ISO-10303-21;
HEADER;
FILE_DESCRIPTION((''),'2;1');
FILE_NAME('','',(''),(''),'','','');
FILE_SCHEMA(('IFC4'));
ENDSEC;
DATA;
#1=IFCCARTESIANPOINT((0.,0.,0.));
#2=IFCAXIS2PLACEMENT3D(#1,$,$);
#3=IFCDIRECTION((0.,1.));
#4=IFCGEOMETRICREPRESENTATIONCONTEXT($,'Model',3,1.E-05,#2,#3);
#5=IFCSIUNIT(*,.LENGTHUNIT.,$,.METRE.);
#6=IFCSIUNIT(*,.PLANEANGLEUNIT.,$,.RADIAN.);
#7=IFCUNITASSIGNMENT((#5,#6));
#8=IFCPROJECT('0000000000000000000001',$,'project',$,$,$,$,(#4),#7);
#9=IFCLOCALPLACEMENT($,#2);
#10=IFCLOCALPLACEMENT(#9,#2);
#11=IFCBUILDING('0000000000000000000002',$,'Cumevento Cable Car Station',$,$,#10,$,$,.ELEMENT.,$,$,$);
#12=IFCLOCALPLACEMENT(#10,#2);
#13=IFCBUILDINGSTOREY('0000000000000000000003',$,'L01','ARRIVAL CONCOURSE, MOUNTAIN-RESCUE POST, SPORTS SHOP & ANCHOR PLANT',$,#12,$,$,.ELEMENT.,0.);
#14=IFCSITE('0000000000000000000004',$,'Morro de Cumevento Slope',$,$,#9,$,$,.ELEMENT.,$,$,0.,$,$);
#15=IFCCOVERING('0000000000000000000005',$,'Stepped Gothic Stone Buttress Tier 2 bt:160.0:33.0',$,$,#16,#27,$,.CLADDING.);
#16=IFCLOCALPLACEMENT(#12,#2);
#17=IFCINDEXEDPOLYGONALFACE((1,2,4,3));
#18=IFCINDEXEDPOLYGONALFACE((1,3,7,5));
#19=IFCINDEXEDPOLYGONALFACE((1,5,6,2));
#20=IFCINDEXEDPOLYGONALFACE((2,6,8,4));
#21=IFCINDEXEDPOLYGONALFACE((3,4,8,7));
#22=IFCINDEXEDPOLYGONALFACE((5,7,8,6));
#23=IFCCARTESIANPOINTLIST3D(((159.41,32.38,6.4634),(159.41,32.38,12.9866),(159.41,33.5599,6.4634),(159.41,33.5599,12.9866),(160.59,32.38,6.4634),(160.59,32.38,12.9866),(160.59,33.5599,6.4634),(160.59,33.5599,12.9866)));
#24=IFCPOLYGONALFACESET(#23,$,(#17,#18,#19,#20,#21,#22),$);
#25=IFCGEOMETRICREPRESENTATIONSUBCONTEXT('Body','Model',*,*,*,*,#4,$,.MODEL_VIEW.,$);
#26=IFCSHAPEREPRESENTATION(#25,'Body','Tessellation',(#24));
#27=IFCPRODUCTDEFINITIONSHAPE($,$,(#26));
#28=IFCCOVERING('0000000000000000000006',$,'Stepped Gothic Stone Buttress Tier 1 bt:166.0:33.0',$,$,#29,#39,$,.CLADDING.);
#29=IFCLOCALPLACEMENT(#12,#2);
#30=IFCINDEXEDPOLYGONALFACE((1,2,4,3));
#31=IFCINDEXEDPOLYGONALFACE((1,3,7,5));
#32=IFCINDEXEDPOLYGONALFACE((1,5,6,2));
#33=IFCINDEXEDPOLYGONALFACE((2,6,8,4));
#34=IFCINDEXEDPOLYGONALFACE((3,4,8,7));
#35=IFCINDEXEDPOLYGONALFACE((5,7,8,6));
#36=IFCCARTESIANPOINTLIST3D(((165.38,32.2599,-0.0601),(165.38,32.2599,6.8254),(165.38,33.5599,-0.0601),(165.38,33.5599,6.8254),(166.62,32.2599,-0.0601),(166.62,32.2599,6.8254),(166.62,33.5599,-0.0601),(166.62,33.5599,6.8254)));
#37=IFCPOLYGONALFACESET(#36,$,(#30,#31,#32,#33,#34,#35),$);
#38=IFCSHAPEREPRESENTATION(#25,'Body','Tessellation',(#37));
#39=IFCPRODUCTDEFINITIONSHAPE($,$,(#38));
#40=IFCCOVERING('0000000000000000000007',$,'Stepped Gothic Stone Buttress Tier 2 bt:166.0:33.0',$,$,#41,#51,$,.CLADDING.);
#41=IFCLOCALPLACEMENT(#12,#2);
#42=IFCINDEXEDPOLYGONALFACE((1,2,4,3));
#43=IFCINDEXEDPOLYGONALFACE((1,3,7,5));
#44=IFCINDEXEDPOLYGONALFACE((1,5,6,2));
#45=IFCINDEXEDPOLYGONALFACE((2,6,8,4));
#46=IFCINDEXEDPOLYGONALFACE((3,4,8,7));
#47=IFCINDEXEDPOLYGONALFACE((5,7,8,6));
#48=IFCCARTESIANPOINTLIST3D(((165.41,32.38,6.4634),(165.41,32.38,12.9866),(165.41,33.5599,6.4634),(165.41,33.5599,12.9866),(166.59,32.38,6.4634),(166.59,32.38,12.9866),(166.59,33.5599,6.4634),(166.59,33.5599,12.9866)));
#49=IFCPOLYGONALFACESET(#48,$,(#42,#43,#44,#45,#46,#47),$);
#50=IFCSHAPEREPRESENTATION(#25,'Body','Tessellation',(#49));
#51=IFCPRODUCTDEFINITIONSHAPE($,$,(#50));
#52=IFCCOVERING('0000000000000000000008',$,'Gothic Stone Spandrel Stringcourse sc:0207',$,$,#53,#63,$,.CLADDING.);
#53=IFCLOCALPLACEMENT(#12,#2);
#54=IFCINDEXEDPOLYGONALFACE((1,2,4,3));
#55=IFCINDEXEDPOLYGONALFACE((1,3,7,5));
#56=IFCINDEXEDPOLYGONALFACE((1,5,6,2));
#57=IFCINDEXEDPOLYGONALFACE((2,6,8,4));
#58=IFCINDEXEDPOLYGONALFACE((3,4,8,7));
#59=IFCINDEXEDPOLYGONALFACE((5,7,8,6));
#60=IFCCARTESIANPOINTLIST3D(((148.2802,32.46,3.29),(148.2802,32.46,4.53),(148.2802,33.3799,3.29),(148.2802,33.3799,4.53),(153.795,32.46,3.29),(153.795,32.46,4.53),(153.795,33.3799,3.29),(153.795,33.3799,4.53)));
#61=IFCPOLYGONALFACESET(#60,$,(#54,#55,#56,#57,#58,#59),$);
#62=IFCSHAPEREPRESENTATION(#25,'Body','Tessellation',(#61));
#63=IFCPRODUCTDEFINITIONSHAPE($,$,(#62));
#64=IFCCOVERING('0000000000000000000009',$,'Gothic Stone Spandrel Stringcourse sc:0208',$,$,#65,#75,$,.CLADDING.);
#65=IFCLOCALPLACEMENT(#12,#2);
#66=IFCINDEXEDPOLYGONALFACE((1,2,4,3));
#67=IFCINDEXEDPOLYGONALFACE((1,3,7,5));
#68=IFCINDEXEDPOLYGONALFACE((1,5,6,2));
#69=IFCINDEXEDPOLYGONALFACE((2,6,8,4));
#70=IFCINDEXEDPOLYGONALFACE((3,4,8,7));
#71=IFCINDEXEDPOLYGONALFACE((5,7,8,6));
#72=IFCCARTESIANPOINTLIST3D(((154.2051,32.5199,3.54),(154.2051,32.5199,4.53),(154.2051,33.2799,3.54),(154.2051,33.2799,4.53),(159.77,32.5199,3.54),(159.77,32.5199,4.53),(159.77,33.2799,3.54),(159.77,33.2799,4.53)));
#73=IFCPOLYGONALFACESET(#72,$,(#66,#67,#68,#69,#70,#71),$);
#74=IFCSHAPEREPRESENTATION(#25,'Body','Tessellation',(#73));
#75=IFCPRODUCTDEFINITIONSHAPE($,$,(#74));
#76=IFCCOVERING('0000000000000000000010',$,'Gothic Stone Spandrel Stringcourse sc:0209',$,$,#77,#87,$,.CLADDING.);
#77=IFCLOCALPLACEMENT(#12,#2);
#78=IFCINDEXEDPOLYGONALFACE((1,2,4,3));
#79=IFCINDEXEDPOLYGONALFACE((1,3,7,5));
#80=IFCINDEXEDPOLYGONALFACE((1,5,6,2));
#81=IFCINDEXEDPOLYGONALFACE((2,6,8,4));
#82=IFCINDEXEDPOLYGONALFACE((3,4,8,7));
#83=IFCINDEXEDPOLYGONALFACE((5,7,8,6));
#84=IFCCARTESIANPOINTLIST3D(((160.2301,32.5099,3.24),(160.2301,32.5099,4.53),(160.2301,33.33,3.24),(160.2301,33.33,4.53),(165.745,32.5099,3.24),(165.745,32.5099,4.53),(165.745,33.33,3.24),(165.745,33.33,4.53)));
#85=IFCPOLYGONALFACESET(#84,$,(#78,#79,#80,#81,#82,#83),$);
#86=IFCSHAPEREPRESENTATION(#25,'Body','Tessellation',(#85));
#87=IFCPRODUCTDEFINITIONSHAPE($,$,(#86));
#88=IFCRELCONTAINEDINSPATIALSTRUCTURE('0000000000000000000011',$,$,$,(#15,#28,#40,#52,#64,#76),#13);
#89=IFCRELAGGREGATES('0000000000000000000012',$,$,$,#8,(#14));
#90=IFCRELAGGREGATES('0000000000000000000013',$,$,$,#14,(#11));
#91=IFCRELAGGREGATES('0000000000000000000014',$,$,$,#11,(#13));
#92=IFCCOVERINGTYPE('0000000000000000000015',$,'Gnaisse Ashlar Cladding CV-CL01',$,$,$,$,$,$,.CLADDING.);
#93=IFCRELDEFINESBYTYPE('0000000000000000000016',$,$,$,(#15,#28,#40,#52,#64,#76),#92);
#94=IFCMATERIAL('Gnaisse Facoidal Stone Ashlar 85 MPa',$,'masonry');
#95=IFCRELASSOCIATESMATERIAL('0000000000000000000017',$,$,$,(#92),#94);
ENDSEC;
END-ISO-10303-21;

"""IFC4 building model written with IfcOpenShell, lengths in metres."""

from ifc_helpers import new_model, si_unit, direction, frame, origin, origin_2d, place, context, subcontext, project, spatial, rectangle, extrude, material, type_object, element, save


model = new_model("IFC4")

# Units and contexts
model_context = context("Model", 3, precision=1e-05, world=origin(), true_north=direction((0.0, 1.0)))
body_context = subcontext(model_context, "Body", "Model", "MODEL_VIEW")
ifc_project = project(units=[si_unit("LENGTHUNIT", "METRE"), si_unit("PLANEANGLEUNIT", "RADIAN")], contexts=[model_context])

# Site, building, storey
site_placement = place(None, origin())
site = spatial("IfcSite", under=ifc_project, at=site_placement, Name="Morro de Cumevento Slope", CompositionType="ELEMENT", RefElevation=0.0)
building_placement = place(site_placement, origin())
building = spatial("IfcBuilding", under=site, at=building_placement, Name="Cumevento Cable Car Station", CompositionType="ELEMENT")
storey_placement = place(building_placement, origin())
storey = spatial("IfcBuildingStorey", under=building, at=storey_placement, Name="L01", Description="ARRIVAL CONCOURSE, MOUNTAIN-RESCUE POST, SPORTS SHOP & ANCHOR PLANT", CompositionType="ELEMENT", Elevation=0.0)

# Coverings
ifc_material_1 = material(Name="Gnaisse Facoidal Stone Ashlar 85 MPa", Category="masonry")
covering_type = type_object("IfcCoveringType", Name="Gnaisse Ashlar Cladding CV-CL01", PredefinedType="CLADDING", material=ifc_material_1)
covering_1_placement = place(storey_placement, frame((160.0, 32.97, 6.4634), z_axis=(0.0, 0.0, 1.0), x_axis=(1.0, 0.0, 0.0)))
element("IfcCovering", 1, at=covering_1_placement, inside=storey, type_object=covering_type, Name="Stepped Gothic Stone Buttress Tier 2 bt:160.0:33.0", PredefinedType="CLADDING", context=body_context, shape_type="SweptSolid", body=[
    extrude(rectangle(XDim=1.1799, YDim=1.1799, at=origin_2d()), origin(), (0.0, 0.0, 1.0), 6.5232),
])
covering_2_placement = place(storey_placement, frame((166.0, 32.9099, -0.0601), z_axis=(0.0, 0.0, 1.0), x_axis=(1.0, 0.0, 0.0)))
element("IfcCovering", 2, at=covering_2_placement, inside=storey, type_object=covering_type, Name="Stepped Gothic Stone Buttress Tier 1 bt:166.0:33.0", PredefinedType="CLADDING", context=body_context, shape_type="SweptSolid", body=[
    extrude(rectangle(XDim=1.24, YDim=1.3, at=origin_2d()), origin(), (0.0, 0.0, 1.0), 6.8855),
])
covering_3_placement = place(storey_placement, frame((166.0, 32.97, 6.4634), z_axis=(0.0, 0.0, 1.0), x_axis=(1.0, 0.0, 0.0)))
element("IfcCovering", 3, at=covering_3_placement, inside=storey, type_object=covering_type, Name="Stepped Gothic Stone Buttress Tier 2 bt:166.0:33.0", PredefinedType="CLADDING", context=body_context, shape_type="SweptSolid", body=[
    extrude(rectangle(XDim=1.1799, YDim=1.1799, at=origin_2d()), origin(), (0.0, 0.0, 1.0), 6.5232),
])
covering_4_placement = place(storey_placement, frame((151.0376, 32.9199, 3.29), z_axis=(0.0, 0.0, 1.0), x_axis=(1.0, 0.0, 0.0)))
element("IfcCovering", 4, at=covering_4_placement, inside=storey, type_object=covering_type, Name="Gothic Stone Spandrel Stringcourse sc:0207", PredefinedType="CLADDING", context=body_context, shape_type="SweptSolid", body=[
    extrude(rectangle(XDim=5.5149, YDim=0.9199, at=origin_2d()), origin(), (0.0, 0.0, 1.0), 1.24),
])
covering_5_placement = place(storey_placement, frame((156.9875, 32.8999, 3.54), z_axis=(0.0, 0.0, 1.0), x_axis=(1.0, 0.0, 0.0)))
element("IfcCovering", 5, at=covering_5_placement, inside=storey, type_object=covering_type, Name="Gothic Stone Spandrel Stringcourse sc:0208", PredefinedType="CLADDING", context=body_context, shape_type="SweptSolid", body=[
    extrude(rectangle(XDim=5.5649, YDim=0.76, at=origin_2d()), origin(), (0.0, 0.0, 1.0), 0.99),
])
covering_6_placement = place(storey_placement, frame((162.9875, 32.9199, 3.24), z_axis=(0.0, 0.0, 1.0), x_axis=(1.0, 0.0, 0.0)))
element("IfcCovering", 6, at=covering_6_placement, inside=storey, type_object=covering_type, Name="Gothic Stone Spandrel Stringcourse sc:0209", PredefinedType="CLADDING", context=body_context, shape_type="SweptSolid", body=[
    extrude(rectangle(XDim=5.5149, YDim=0.8201, at=origin_2d()), origin(), (0.0, 0.0, 1.0), 1.29),
])

save(model, "model.ifc")
